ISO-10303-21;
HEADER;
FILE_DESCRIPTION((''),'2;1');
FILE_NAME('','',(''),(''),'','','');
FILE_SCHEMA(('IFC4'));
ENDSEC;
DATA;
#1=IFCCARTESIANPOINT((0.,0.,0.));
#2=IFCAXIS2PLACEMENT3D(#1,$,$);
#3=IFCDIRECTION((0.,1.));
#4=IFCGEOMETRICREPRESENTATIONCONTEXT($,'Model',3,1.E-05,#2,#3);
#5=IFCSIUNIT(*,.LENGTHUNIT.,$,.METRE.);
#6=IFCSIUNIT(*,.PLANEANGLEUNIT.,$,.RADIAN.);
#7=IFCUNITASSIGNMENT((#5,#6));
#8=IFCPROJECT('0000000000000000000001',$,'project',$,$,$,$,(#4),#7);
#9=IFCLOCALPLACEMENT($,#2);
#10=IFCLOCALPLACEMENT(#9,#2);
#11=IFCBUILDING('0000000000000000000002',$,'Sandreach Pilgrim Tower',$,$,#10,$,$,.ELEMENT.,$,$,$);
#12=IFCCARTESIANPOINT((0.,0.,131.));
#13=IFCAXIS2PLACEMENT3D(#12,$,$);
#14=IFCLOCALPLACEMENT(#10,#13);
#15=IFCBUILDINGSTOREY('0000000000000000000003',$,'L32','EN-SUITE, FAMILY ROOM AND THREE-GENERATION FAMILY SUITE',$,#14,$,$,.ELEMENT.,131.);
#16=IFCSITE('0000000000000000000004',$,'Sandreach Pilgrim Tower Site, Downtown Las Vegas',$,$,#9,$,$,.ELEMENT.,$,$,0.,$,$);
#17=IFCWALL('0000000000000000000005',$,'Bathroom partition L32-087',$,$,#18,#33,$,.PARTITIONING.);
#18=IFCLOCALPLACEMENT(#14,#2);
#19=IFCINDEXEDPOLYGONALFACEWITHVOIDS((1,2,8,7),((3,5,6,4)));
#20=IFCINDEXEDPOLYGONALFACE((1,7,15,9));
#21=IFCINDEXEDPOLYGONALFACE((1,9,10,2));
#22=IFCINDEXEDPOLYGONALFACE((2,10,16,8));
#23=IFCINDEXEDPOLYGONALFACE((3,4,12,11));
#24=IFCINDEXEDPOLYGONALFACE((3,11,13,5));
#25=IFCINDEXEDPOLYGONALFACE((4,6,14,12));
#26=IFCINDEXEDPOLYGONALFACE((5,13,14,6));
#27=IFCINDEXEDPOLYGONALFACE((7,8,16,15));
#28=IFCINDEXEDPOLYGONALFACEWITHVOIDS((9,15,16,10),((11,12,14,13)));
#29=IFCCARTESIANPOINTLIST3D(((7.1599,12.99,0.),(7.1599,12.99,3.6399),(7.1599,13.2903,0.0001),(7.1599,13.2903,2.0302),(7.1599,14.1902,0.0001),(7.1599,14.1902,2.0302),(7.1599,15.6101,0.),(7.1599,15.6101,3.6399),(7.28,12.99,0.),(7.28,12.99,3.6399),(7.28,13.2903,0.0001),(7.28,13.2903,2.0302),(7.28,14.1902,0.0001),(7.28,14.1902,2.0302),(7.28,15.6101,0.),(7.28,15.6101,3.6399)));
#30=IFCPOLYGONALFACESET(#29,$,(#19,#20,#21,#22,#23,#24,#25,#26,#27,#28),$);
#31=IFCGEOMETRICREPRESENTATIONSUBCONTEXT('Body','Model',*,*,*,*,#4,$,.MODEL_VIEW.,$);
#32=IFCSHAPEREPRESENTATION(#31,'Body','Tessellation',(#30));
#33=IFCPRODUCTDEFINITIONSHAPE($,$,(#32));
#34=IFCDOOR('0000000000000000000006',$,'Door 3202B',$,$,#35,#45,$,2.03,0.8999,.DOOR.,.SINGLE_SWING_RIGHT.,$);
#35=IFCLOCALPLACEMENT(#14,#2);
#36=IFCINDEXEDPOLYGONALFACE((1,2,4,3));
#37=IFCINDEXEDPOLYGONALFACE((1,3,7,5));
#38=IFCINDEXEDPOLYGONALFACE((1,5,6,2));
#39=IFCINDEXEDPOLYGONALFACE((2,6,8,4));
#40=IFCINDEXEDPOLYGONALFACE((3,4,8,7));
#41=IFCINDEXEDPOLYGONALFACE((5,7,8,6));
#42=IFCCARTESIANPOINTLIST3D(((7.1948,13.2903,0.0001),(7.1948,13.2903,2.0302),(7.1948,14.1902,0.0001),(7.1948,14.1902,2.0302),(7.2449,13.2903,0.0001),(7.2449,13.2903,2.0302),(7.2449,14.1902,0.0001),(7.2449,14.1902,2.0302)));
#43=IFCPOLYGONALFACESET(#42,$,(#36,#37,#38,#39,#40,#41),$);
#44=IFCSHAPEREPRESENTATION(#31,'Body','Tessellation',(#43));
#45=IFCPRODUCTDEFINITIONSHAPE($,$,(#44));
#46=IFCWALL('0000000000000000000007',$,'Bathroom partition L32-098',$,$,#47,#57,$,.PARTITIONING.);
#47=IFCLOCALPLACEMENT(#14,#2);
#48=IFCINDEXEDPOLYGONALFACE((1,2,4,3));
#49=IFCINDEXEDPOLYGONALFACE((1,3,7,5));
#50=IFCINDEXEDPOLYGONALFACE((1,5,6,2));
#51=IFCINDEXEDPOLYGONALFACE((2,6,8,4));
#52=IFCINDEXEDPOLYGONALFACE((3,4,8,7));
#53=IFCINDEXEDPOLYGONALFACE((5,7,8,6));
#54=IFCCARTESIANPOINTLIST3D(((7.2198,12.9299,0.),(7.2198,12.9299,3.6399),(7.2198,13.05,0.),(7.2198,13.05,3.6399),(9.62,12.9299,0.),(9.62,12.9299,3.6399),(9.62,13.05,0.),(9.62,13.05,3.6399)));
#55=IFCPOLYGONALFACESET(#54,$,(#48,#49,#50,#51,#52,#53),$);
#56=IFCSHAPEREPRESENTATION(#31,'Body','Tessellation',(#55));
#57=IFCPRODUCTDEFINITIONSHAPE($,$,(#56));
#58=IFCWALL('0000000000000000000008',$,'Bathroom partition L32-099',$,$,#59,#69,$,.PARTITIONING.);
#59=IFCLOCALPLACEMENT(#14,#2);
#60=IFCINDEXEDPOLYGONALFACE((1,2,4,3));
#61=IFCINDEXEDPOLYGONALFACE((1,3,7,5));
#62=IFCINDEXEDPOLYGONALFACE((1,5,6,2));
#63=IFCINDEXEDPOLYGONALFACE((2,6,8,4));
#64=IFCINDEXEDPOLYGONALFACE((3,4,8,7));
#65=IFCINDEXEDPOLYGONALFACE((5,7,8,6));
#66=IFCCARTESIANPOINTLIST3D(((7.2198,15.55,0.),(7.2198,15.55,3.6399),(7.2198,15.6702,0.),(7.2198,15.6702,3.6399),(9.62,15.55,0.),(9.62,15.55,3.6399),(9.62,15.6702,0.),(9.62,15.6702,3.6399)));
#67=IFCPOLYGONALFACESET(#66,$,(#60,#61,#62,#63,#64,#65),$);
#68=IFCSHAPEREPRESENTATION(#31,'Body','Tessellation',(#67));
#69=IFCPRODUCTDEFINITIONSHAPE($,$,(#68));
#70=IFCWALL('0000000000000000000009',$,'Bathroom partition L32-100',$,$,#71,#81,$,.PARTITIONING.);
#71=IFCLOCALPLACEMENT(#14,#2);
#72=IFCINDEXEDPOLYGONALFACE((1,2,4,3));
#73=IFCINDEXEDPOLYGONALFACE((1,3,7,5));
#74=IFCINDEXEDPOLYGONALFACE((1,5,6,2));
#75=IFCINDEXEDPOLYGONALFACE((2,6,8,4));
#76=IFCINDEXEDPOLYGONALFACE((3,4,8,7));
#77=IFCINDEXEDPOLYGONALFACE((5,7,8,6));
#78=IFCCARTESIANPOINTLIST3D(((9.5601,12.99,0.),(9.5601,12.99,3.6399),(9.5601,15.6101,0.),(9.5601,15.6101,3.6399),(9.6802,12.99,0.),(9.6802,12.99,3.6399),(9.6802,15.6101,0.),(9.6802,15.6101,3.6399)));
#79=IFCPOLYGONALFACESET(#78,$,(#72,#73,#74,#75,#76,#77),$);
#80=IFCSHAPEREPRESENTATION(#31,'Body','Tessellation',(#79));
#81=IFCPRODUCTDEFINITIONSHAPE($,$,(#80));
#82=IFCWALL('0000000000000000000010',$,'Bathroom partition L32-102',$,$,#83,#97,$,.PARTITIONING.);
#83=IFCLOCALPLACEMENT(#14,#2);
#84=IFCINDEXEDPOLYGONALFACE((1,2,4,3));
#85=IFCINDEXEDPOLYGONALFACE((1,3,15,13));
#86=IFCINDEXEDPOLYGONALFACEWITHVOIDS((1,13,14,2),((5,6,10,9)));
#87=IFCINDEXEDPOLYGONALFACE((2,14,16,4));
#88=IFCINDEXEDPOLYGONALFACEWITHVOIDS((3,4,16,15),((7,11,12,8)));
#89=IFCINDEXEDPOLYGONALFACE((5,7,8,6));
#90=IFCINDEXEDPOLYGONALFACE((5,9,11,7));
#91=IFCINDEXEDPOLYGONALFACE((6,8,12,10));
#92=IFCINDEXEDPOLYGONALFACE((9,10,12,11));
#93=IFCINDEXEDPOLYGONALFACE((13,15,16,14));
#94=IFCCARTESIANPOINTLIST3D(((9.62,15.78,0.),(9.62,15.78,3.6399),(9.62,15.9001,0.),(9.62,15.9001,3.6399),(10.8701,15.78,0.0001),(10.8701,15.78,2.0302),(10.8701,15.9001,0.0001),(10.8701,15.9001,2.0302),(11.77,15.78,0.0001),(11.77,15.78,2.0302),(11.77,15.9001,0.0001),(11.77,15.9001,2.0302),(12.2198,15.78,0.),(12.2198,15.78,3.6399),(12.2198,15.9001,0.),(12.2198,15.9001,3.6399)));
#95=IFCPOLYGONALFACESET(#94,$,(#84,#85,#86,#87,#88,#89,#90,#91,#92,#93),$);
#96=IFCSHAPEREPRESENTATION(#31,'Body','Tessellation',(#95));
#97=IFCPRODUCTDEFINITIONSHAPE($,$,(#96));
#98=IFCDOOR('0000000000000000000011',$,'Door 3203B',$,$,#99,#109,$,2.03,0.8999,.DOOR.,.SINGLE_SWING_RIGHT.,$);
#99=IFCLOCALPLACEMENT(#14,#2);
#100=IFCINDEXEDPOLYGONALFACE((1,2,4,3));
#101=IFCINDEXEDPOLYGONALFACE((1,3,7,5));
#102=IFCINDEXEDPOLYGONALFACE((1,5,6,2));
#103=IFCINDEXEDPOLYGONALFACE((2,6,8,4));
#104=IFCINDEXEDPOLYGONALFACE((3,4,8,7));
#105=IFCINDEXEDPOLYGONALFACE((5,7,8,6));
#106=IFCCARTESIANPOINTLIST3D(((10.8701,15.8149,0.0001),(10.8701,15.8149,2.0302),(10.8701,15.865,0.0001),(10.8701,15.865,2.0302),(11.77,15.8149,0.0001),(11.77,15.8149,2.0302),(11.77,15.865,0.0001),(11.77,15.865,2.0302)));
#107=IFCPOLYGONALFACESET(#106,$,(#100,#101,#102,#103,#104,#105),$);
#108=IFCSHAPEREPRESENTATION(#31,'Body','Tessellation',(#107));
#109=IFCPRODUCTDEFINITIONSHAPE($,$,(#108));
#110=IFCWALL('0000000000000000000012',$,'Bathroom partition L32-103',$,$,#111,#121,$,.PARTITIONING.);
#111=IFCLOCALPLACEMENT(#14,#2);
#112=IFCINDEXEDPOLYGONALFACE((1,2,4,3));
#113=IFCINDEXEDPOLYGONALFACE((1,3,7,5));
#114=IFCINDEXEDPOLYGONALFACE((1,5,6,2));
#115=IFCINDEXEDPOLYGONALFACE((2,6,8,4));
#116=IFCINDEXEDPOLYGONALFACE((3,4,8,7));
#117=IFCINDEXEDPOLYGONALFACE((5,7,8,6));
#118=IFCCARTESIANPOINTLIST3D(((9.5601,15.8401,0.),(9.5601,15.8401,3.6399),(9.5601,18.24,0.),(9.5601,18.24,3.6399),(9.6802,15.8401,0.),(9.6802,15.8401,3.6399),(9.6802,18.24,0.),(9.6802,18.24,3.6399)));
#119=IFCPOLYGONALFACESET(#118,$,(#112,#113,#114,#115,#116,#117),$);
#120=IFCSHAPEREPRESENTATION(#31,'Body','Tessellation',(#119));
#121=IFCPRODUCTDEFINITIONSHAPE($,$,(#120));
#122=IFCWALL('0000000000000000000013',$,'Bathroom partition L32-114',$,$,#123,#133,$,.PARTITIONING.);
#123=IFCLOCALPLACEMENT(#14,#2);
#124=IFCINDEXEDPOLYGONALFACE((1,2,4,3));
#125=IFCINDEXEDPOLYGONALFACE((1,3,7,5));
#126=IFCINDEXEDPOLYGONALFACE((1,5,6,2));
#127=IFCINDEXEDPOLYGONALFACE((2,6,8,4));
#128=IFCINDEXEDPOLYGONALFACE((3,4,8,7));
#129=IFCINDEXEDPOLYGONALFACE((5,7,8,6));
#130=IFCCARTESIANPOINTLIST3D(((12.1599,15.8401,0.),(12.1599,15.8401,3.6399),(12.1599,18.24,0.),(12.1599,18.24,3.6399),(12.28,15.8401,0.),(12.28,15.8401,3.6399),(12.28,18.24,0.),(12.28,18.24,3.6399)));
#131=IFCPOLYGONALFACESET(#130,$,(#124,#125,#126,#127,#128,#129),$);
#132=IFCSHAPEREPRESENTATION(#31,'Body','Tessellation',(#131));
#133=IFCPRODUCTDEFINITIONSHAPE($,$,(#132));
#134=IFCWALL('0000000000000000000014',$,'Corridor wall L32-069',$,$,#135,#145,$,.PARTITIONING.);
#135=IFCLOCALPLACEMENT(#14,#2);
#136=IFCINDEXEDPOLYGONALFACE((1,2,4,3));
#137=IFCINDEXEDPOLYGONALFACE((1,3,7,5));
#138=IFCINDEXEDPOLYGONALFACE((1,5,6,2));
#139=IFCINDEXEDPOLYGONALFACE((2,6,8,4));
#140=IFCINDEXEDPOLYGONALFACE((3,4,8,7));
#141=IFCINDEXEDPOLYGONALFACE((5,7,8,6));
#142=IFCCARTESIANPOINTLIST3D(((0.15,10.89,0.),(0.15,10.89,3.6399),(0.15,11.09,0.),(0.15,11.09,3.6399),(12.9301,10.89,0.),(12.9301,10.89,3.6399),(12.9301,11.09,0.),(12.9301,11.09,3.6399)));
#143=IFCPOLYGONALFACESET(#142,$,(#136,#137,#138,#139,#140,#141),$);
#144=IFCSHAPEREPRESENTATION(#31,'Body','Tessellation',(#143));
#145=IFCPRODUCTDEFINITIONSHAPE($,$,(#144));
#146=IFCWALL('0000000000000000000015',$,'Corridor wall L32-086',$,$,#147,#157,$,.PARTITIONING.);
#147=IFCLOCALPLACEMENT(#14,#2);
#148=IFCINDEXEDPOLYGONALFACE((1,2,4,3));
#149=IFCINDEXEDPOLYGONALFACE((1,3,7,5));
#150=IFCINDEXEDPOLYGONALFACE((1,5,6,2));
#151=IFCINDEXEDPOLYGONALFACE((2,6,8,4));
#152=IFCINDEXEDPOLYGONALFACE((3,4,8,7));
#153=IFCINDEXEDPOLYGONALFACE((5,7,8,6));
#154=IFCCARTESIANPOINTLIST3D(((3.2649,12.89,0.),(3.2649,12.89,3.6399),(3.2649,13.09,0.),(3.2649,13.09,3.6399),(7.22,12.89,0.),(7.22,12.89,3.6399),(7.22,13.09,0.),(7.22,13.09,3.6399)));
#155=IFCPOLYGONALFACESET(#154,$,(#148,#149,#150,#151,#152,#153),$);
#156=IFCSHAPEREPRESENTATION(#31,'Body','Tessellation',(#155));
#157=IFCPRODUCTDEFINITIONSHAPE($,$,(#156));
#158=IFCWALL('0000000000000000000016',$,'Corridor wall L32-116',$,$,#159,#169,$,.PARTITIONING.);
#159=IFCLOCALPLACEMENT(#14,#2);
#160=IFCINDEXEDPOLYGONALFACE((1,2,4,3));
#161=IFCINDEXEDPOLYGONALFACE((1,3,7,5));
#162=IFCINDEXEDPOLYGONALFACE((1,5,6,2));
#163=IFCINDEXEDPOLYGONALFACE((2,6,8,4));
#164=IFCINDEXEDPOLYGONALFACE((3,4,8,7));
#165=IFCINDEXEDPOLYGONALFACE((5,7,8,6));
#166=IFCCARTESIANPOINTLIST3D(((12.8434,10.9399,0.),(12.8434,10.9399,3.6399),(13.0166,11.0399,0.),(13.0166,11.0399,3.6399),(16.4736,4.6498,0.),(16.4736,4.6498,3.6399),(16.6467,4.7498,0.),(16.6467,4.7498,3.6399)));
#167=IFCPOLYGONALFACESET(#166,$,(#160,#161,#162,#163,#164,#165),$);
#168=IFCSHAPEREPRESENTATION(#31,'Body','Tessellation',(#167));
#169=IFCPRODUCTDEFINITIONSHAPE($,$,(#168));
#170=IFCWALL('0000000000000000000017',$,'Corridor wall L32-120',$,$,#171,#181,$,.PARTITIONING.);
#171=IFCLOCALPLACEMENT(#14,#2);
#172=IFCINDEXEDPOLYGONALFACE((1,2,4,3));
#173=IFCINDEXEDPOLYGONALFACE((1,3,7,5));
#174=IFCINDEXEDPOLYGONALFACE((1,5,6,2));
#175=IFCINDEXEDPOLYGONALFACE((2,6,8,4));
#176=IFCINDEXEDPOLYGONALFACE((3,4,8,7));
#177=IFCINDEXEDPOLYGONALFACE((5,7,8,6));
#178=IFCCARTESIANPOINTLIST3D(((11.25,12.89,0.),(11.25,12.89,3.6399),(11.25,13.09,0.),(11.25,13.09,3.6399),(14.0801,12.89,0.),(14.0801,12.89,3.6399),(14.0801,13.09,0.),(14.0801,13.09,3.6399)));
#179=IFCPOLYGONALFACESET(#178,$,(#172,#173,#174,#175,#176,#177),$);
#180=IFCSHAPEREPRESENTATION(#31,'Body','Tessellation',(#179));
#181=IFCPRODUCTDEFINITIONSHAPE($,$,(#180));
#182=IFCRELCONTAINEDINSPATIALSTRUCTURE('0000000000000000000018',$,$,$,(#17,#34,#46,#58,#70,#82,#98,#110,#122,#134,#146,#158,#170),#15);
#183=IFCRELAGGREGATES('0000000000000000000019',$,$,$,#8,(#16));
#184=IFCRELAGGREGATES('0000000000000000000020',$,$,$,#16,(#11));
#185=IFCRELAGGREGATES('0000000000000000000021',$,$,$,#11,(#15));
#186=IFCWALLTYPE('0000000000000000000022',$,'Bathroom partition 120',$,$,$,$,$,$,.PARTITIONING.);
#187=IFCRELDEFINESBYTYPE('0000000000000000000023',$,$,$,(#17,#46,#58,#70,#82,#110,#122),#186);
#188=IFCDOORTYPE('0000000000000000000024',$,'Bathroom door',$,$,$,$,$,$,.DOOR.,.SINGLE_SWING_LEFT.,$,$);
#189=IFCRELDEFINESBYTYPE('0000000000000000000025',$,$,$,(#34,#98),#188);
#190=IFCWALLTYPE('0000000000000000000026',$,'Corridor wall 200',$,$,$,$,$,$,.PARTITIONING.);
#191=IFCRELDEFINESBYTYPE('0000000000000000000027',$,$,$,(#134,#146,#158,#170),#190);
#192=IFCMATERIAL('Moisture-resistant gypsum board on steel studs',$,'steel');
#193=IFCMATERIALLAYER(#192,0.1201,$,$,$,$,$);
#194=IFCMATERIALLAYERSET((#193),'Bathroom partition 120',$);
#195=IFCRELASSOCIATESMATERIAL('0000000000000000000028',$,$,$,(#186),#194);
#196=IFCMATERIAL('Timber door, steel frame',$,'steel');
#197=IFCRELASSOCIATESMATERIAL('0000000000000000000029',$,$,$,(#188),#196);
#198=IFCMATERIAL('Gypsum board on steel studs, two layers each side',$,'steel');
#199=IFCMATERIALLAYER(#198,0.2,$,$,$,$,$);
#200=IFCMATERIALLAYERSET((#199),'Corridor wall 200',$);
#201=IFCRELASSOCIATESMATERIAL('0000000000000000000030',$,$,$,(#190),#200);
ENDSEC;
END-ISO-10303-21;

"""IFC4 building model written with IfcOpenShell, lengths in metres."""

from ifc_helpers import new_model, si_unit, direction, frame, frame_2d, origin, place, context, subcontext, project, spatial, rectangle, extrude, material, layer, layer_set, type_object, element, fill, save


model = new_model("IFC4")

# Units and contexts
model_context = context("Model", 3, precision=1e-05, world=origin(), true_north=direction((0.0, 1.0)))
body_context = subcontext(model_context, "Body", "Model", "MODEL_VIEW")
ifc_project = project(units=[si_unit("LENGTHUNIT", "METRE"), si_unit("PLANEANGLEUNIT", "RADIAN")], contexts=[model_context])

# Site, building, storey
site_placement = place(None, origin())
site = spatial("IfcSite", under=ifc_project, at=site_placement, Name="Sandreach Pilgrim Tower Site, Downtown Las Vegas", CompositionType="ELEMENT", RefElevation=0.0)
building_placement = place(site_placement, origin())
building = spatial("IfcBuilding", under=site, at=building_placement, Name="Sandreach Pilgrim Tower", CompositionType="ELEMENT")
storey_placement = place(building_placement, frame((0.0, 0.0, 131.0)))
storey = spatial("IfcBuildingStorey", under=building, at=storey_placement, Name="L32", Description="EN-SUITE, FAMILY ROOM AND THREE-GENERATION FAMILY SUITE", CompositionType="ELEMENT", Elevation=131.0)

# Wall, opening, door
ifc_material_1 = material(Name="Moisture-resistant gypsum board on steel studs", Category="steel")
ifc_layer_1 = layer(ifc_material_1, 0.1201)
ifc_layer_set_1 = layer_set([ifc_layer_1], Name="Bathroom partition 120")
wall_type_1 = type_object("IfcWallType", Name="Bathroom partition 120", PredefinedType="PARTITIONING", material=ifc_layer_set_1)
wall_1_placement = place(storey_placement, frame((7.22, 15.6101, 0.0), z_axis=(0.0, 0.0, 1.0), x_axis=(0.0, -1.0, 0.0)))
wall_1 = element("IfcWall", 1, at=wall_1_placement, inside=storey, type_object=wall_type_1, Name="Bathroom partition L32-087", PredefinedType="PARTITIONING", context=body_context, shape_type="SweptSolid", body=[
    extrude(rectangle(XDim=2.6201, YDim=0.1201, at=frame_2d((1.3101, 0.0))), origin(), (0.0, 0.0, 1.0), 3.6399),
])
opening_1_placement = place(wall_1_placement, frame((1.4199, 0.0, 0.0)))
opening_1 = element("IfcOpeningElement", 2, at=opening_1_placement, cuts=wall_1, PredefinedType="OPENING", context=body_context, shape_type="SweptSolid", body=[
    extrude(rectangle(XDim=0.8999, YDim=2.03, at=frame_2d((0.45, 1.0151))), frame((0.0, 0.0601, 0.0), z_axis=(0.0, -1.0, 0.0), x_axis=(1.0, 0.0, 0.0)), (0.0, 0.0, 1.0), 0.1201),
])
ifc_material_2 = material(Name="Timber door, steel frame", Category="steel")
door_type_1 = type_object("IfcDoorType", Name="Bathroom door", OperationType="SINGLE_SWING_LEFT", PredefinedType="DOOR", material=ifc_material_2)
door_1_placement = place(opening_1_placement, origin())
door_1 = element("IfcDoor", 3, at=door_1_placement, inside=storey, type_object=door_type_1, Name="Door 3202B", OperationType="SINGLE_SWING_RIGHT", OverallHeight=2.03, OverallWidth=0.8999, PredefinedType="DOOR", context=body_context, shape_type="SweptSolid", body=[
    extrude(rectangle(XDim=0.8999, YDim=2.03, at=frame_2d((0.45, 1.0151))), frame((0.0, 0.0249, 0.0), z_axis=(0.0, -1.0, 0.0), x_axis=(1.0, 0.0, 0.0)), (0.0, 0.0, 1.0), 0.05),
])
fill(opening_1, door_1)

# Walls
for number, where, z_axis, x_axis, name in (
    (4, (9.6201, 12.99, 0.0), (0.0, 0.0, 1.0), (-1.0, 0.0, 0.0), "Bathroom partition L32-098"),
    (5, (9.6201, 15.6101, 0.0), (0.0, 0.0, 1.0), (-1.0, 0.0, 0.0), "Bathroom partition L32-099"),
):
    element("IfcWall", number, at=place(storey_placement, frame(where, z_axis=z_axis, x_axis=x_axis)), inside=storey, type_object=wall_type_1, Name=name, PredefinedType="PARTITIONING", context=body_context, shape_type="SweptSolid", body=[
        extrude(rectangle(XDim=2.4001, YDim=0.1201, at=frame_2d((1.2002, 0.0))), origin(), (0.0, 0.0, 1.0), 3.6399),
    ])
wall_2_placement = place(storey_placement, frame((9.6201, 15.6101, 0.0), z_axis=(0.0, 0.0, 1.0), x_axis=(0.0, -1.0, 0.0)))
element("IfcWall", 6, at=wall_2_placement, inside=storey, type_object=wall_type_1, Name="Bathroom partition L32-100", PredefinedType="PARTITIONING", context=body_context, shape_type="SweptSolid", body=[
    extrude(rectangle(XDim=2.6201, YDim=0.1201, at=frame_2d((1.3101, 0.0))), origin(), (0.0, 0.0, 1.0), 3.6399),
])

# Wall, opening, door
wall_3_placement = place(storey_placement, frame((9.6201, 15.8401, 0.0), z_axis=(0.0, 0.0, 1.0), x_axis=(1.0, 0.0, 0.0)))
wall_3 = element("IfcWall", 7, at=wall_3_placement, inside=storey, type_object=wall_type_1, Name="Bathroom partition L32-102", PredefinedType="PARTITIONING", context=body_context, shape_type="SweptSolid", body=[
    extrude(rectangle(XDim=2.5999, YDim=0.1201, at=frame_2d((1.2998, 0.0))), origin(), (0.0, 0.0, 1.0), 3.6399),
])
opening_2_placement = place(wall_3_placement, frame((1.25, 0.0, 0.0)))
opening_2 = element("IfcOpeningElement", 8, at=opening_2_placement, cuts=wall_3, PredefinedType="OPENING", context=body_context, shape_type="SweptSolid", body=[
    extrude(rectangle(XDim=0.8999, YDim=2.03, at=frame_2d((0.45, 1.0151))), frame((0.0, 0.0601, 0.0), z_axis=(0.0, -1.0, 0.0), x_axis=(1.0, 0.0, 0.0)), (0.0, 0.0, 1.0), 0.1201),
])
door_2_placement = place(opening_2_placement, origin())
door_2 = element("IfcDoor", 9, at=door_2_placement, inside=storey, type_object=door_type_1, Name="Door 3203B", OperationType="SINGLE_SWING_RIGHT", OverallHeight=2.03, OverallWidth=0.8999, PredefinedType="DOOR", context=body_context, shape_type="SweptSolid", body=[
    extrude(rectangle(XDim=0.8999, YDim=2.03, at=frame_2d((0.45, 1.0151))), frame((0.0, 0.0249, 0.0), z_axis=(0.0, -1.0, 0.0), x_axis=(1.0, 0.0, 0.0)), (0.0, 0.0, 1.0), 0.05),
])
fill(opening_2, door_2)

# Walls
for number, where, z_axis, x_axis, name in (
    (10, (9.6201, 18.24, 0.0), (0.0, 0.0, 1.0), (0.0, -1.0, 0.0), "Bathroom partition L32-103"),
    (11, (12.22, 15.8401, 0.0), (0.0, 0.0, 1.0), (0.0, 1.0, 0.0), "Bathroom partition L32-114"),
):
    element("IfcWall", number, at=place(storey_placement, frame(where, z_axis=z_axis, x_axis=x_axis)), inside=storey, type_object=wall_type_1, Name=name, PredefinedType="PARTITIONING", context=body_context, shape_type="SweptSolid", body=[
        extrude(rectangle(XDim=2.3999, YDim=0.1201, at=frame_2d((1.2, 0.0))), origin(), (0.0, 0.0, 1.0), 3.6399),
    ])
ifc_material_3 = material(Name="Gypsum board on steel studs, two layers each side", Category="steel")
ifc_layer_2 = layer(ifc_material_3, 0.2)
ifc_layer_set_2 = layer_set([ifc_layer_2], Name="Corridor wall 200")
wall_type_2 = type_object("IfcWallType", Name="Corridor wall 200", PredefinedType="PARTITIONING", material=ifc_layer_set_2)
wall_4_placement = place(storey_placement, frame((0.1499, 10.99, 0.0), z_axis=(0.0, 0.0, 1.0), x_axis=(1.0, 0.0, 0.0)))
element("IfcWall", 12, at=wall_4_placement, inside=storey, type_object=wall_type_2, Name="Corridor wall L32-069", PredefinedType="PARTITIONING", context=body_context, shape_type="SweptSolid", body=[
    extrude(rectangle(XDim=12.78, YDim=0.2, at=frame_2d((6.3901, 0.0))), origin(), (0.0, 0.0, 1.0), 3.6399),
])

# Wall
wall_5_placement = place(storey_placement, frame((7.22, 12.99, 0.0), z_axis=(0.0, 0.0, 1.0), x_axis=(-1.0, 0.0, 0.0)))
element("IfcWall", 13, at=wall_5_placement, inside=storey, type_object=wall_type_2, Name="Corridor wall L32-086", PredefinedType="PARTITIONING", context=body_context, shape_type="SweptSolid", body=[
    extrude(rectangle(XDim=3.9551, YDim=0.2, at=frame_2d((1.9775, 0.0))), origin(), (0.0, 0.0, 1.0), 3.6399),
])

# Walls
wall_6_placement = place(storey_placement, frame((12.9299, 10.99, 0.0), z_axis=(0.0, 0.0, 1.0), x_axis=(0.499852, -0.866111, 0.0)))
element("IfcWall", 14, at=wall_6_placement, inside=storey, type_object=wall_type_2, Name="Corridor wall L32-116", PredefinedType="PARTITIONING", context=body_context, shape_type="SweptSolid", body=[
    extrude(rectangle(XDim=7.2625, YDim=0.2, at=frame_2d((3.6313, 0.0))), origin(), (0.0, 0.0, 1.0), 3.6399),
])
wall_7_placement = place(storey_placement, frame((14.0801, 12.99, 0.0), z_axis=(0.0, 0.0, 1.0), x_axis=(-1.0, 0.0, 0.0)))
element("IfcWall", 15, at=wall_7_placement, inside=storey, type_object=wall_type_2, Name="Corridor wall L32-120", PredefinedType="PARTITIONING", context=body_context, shape_type="SweptSolid", body=[
    extrude(rectangle(XDim=2.8301, YDim=0.2, at=frame_2d((1.415, 0.0))), origin(), (0.0, 0.0, 1.0), 3.6399),
])

save(model, "model.ifc")
